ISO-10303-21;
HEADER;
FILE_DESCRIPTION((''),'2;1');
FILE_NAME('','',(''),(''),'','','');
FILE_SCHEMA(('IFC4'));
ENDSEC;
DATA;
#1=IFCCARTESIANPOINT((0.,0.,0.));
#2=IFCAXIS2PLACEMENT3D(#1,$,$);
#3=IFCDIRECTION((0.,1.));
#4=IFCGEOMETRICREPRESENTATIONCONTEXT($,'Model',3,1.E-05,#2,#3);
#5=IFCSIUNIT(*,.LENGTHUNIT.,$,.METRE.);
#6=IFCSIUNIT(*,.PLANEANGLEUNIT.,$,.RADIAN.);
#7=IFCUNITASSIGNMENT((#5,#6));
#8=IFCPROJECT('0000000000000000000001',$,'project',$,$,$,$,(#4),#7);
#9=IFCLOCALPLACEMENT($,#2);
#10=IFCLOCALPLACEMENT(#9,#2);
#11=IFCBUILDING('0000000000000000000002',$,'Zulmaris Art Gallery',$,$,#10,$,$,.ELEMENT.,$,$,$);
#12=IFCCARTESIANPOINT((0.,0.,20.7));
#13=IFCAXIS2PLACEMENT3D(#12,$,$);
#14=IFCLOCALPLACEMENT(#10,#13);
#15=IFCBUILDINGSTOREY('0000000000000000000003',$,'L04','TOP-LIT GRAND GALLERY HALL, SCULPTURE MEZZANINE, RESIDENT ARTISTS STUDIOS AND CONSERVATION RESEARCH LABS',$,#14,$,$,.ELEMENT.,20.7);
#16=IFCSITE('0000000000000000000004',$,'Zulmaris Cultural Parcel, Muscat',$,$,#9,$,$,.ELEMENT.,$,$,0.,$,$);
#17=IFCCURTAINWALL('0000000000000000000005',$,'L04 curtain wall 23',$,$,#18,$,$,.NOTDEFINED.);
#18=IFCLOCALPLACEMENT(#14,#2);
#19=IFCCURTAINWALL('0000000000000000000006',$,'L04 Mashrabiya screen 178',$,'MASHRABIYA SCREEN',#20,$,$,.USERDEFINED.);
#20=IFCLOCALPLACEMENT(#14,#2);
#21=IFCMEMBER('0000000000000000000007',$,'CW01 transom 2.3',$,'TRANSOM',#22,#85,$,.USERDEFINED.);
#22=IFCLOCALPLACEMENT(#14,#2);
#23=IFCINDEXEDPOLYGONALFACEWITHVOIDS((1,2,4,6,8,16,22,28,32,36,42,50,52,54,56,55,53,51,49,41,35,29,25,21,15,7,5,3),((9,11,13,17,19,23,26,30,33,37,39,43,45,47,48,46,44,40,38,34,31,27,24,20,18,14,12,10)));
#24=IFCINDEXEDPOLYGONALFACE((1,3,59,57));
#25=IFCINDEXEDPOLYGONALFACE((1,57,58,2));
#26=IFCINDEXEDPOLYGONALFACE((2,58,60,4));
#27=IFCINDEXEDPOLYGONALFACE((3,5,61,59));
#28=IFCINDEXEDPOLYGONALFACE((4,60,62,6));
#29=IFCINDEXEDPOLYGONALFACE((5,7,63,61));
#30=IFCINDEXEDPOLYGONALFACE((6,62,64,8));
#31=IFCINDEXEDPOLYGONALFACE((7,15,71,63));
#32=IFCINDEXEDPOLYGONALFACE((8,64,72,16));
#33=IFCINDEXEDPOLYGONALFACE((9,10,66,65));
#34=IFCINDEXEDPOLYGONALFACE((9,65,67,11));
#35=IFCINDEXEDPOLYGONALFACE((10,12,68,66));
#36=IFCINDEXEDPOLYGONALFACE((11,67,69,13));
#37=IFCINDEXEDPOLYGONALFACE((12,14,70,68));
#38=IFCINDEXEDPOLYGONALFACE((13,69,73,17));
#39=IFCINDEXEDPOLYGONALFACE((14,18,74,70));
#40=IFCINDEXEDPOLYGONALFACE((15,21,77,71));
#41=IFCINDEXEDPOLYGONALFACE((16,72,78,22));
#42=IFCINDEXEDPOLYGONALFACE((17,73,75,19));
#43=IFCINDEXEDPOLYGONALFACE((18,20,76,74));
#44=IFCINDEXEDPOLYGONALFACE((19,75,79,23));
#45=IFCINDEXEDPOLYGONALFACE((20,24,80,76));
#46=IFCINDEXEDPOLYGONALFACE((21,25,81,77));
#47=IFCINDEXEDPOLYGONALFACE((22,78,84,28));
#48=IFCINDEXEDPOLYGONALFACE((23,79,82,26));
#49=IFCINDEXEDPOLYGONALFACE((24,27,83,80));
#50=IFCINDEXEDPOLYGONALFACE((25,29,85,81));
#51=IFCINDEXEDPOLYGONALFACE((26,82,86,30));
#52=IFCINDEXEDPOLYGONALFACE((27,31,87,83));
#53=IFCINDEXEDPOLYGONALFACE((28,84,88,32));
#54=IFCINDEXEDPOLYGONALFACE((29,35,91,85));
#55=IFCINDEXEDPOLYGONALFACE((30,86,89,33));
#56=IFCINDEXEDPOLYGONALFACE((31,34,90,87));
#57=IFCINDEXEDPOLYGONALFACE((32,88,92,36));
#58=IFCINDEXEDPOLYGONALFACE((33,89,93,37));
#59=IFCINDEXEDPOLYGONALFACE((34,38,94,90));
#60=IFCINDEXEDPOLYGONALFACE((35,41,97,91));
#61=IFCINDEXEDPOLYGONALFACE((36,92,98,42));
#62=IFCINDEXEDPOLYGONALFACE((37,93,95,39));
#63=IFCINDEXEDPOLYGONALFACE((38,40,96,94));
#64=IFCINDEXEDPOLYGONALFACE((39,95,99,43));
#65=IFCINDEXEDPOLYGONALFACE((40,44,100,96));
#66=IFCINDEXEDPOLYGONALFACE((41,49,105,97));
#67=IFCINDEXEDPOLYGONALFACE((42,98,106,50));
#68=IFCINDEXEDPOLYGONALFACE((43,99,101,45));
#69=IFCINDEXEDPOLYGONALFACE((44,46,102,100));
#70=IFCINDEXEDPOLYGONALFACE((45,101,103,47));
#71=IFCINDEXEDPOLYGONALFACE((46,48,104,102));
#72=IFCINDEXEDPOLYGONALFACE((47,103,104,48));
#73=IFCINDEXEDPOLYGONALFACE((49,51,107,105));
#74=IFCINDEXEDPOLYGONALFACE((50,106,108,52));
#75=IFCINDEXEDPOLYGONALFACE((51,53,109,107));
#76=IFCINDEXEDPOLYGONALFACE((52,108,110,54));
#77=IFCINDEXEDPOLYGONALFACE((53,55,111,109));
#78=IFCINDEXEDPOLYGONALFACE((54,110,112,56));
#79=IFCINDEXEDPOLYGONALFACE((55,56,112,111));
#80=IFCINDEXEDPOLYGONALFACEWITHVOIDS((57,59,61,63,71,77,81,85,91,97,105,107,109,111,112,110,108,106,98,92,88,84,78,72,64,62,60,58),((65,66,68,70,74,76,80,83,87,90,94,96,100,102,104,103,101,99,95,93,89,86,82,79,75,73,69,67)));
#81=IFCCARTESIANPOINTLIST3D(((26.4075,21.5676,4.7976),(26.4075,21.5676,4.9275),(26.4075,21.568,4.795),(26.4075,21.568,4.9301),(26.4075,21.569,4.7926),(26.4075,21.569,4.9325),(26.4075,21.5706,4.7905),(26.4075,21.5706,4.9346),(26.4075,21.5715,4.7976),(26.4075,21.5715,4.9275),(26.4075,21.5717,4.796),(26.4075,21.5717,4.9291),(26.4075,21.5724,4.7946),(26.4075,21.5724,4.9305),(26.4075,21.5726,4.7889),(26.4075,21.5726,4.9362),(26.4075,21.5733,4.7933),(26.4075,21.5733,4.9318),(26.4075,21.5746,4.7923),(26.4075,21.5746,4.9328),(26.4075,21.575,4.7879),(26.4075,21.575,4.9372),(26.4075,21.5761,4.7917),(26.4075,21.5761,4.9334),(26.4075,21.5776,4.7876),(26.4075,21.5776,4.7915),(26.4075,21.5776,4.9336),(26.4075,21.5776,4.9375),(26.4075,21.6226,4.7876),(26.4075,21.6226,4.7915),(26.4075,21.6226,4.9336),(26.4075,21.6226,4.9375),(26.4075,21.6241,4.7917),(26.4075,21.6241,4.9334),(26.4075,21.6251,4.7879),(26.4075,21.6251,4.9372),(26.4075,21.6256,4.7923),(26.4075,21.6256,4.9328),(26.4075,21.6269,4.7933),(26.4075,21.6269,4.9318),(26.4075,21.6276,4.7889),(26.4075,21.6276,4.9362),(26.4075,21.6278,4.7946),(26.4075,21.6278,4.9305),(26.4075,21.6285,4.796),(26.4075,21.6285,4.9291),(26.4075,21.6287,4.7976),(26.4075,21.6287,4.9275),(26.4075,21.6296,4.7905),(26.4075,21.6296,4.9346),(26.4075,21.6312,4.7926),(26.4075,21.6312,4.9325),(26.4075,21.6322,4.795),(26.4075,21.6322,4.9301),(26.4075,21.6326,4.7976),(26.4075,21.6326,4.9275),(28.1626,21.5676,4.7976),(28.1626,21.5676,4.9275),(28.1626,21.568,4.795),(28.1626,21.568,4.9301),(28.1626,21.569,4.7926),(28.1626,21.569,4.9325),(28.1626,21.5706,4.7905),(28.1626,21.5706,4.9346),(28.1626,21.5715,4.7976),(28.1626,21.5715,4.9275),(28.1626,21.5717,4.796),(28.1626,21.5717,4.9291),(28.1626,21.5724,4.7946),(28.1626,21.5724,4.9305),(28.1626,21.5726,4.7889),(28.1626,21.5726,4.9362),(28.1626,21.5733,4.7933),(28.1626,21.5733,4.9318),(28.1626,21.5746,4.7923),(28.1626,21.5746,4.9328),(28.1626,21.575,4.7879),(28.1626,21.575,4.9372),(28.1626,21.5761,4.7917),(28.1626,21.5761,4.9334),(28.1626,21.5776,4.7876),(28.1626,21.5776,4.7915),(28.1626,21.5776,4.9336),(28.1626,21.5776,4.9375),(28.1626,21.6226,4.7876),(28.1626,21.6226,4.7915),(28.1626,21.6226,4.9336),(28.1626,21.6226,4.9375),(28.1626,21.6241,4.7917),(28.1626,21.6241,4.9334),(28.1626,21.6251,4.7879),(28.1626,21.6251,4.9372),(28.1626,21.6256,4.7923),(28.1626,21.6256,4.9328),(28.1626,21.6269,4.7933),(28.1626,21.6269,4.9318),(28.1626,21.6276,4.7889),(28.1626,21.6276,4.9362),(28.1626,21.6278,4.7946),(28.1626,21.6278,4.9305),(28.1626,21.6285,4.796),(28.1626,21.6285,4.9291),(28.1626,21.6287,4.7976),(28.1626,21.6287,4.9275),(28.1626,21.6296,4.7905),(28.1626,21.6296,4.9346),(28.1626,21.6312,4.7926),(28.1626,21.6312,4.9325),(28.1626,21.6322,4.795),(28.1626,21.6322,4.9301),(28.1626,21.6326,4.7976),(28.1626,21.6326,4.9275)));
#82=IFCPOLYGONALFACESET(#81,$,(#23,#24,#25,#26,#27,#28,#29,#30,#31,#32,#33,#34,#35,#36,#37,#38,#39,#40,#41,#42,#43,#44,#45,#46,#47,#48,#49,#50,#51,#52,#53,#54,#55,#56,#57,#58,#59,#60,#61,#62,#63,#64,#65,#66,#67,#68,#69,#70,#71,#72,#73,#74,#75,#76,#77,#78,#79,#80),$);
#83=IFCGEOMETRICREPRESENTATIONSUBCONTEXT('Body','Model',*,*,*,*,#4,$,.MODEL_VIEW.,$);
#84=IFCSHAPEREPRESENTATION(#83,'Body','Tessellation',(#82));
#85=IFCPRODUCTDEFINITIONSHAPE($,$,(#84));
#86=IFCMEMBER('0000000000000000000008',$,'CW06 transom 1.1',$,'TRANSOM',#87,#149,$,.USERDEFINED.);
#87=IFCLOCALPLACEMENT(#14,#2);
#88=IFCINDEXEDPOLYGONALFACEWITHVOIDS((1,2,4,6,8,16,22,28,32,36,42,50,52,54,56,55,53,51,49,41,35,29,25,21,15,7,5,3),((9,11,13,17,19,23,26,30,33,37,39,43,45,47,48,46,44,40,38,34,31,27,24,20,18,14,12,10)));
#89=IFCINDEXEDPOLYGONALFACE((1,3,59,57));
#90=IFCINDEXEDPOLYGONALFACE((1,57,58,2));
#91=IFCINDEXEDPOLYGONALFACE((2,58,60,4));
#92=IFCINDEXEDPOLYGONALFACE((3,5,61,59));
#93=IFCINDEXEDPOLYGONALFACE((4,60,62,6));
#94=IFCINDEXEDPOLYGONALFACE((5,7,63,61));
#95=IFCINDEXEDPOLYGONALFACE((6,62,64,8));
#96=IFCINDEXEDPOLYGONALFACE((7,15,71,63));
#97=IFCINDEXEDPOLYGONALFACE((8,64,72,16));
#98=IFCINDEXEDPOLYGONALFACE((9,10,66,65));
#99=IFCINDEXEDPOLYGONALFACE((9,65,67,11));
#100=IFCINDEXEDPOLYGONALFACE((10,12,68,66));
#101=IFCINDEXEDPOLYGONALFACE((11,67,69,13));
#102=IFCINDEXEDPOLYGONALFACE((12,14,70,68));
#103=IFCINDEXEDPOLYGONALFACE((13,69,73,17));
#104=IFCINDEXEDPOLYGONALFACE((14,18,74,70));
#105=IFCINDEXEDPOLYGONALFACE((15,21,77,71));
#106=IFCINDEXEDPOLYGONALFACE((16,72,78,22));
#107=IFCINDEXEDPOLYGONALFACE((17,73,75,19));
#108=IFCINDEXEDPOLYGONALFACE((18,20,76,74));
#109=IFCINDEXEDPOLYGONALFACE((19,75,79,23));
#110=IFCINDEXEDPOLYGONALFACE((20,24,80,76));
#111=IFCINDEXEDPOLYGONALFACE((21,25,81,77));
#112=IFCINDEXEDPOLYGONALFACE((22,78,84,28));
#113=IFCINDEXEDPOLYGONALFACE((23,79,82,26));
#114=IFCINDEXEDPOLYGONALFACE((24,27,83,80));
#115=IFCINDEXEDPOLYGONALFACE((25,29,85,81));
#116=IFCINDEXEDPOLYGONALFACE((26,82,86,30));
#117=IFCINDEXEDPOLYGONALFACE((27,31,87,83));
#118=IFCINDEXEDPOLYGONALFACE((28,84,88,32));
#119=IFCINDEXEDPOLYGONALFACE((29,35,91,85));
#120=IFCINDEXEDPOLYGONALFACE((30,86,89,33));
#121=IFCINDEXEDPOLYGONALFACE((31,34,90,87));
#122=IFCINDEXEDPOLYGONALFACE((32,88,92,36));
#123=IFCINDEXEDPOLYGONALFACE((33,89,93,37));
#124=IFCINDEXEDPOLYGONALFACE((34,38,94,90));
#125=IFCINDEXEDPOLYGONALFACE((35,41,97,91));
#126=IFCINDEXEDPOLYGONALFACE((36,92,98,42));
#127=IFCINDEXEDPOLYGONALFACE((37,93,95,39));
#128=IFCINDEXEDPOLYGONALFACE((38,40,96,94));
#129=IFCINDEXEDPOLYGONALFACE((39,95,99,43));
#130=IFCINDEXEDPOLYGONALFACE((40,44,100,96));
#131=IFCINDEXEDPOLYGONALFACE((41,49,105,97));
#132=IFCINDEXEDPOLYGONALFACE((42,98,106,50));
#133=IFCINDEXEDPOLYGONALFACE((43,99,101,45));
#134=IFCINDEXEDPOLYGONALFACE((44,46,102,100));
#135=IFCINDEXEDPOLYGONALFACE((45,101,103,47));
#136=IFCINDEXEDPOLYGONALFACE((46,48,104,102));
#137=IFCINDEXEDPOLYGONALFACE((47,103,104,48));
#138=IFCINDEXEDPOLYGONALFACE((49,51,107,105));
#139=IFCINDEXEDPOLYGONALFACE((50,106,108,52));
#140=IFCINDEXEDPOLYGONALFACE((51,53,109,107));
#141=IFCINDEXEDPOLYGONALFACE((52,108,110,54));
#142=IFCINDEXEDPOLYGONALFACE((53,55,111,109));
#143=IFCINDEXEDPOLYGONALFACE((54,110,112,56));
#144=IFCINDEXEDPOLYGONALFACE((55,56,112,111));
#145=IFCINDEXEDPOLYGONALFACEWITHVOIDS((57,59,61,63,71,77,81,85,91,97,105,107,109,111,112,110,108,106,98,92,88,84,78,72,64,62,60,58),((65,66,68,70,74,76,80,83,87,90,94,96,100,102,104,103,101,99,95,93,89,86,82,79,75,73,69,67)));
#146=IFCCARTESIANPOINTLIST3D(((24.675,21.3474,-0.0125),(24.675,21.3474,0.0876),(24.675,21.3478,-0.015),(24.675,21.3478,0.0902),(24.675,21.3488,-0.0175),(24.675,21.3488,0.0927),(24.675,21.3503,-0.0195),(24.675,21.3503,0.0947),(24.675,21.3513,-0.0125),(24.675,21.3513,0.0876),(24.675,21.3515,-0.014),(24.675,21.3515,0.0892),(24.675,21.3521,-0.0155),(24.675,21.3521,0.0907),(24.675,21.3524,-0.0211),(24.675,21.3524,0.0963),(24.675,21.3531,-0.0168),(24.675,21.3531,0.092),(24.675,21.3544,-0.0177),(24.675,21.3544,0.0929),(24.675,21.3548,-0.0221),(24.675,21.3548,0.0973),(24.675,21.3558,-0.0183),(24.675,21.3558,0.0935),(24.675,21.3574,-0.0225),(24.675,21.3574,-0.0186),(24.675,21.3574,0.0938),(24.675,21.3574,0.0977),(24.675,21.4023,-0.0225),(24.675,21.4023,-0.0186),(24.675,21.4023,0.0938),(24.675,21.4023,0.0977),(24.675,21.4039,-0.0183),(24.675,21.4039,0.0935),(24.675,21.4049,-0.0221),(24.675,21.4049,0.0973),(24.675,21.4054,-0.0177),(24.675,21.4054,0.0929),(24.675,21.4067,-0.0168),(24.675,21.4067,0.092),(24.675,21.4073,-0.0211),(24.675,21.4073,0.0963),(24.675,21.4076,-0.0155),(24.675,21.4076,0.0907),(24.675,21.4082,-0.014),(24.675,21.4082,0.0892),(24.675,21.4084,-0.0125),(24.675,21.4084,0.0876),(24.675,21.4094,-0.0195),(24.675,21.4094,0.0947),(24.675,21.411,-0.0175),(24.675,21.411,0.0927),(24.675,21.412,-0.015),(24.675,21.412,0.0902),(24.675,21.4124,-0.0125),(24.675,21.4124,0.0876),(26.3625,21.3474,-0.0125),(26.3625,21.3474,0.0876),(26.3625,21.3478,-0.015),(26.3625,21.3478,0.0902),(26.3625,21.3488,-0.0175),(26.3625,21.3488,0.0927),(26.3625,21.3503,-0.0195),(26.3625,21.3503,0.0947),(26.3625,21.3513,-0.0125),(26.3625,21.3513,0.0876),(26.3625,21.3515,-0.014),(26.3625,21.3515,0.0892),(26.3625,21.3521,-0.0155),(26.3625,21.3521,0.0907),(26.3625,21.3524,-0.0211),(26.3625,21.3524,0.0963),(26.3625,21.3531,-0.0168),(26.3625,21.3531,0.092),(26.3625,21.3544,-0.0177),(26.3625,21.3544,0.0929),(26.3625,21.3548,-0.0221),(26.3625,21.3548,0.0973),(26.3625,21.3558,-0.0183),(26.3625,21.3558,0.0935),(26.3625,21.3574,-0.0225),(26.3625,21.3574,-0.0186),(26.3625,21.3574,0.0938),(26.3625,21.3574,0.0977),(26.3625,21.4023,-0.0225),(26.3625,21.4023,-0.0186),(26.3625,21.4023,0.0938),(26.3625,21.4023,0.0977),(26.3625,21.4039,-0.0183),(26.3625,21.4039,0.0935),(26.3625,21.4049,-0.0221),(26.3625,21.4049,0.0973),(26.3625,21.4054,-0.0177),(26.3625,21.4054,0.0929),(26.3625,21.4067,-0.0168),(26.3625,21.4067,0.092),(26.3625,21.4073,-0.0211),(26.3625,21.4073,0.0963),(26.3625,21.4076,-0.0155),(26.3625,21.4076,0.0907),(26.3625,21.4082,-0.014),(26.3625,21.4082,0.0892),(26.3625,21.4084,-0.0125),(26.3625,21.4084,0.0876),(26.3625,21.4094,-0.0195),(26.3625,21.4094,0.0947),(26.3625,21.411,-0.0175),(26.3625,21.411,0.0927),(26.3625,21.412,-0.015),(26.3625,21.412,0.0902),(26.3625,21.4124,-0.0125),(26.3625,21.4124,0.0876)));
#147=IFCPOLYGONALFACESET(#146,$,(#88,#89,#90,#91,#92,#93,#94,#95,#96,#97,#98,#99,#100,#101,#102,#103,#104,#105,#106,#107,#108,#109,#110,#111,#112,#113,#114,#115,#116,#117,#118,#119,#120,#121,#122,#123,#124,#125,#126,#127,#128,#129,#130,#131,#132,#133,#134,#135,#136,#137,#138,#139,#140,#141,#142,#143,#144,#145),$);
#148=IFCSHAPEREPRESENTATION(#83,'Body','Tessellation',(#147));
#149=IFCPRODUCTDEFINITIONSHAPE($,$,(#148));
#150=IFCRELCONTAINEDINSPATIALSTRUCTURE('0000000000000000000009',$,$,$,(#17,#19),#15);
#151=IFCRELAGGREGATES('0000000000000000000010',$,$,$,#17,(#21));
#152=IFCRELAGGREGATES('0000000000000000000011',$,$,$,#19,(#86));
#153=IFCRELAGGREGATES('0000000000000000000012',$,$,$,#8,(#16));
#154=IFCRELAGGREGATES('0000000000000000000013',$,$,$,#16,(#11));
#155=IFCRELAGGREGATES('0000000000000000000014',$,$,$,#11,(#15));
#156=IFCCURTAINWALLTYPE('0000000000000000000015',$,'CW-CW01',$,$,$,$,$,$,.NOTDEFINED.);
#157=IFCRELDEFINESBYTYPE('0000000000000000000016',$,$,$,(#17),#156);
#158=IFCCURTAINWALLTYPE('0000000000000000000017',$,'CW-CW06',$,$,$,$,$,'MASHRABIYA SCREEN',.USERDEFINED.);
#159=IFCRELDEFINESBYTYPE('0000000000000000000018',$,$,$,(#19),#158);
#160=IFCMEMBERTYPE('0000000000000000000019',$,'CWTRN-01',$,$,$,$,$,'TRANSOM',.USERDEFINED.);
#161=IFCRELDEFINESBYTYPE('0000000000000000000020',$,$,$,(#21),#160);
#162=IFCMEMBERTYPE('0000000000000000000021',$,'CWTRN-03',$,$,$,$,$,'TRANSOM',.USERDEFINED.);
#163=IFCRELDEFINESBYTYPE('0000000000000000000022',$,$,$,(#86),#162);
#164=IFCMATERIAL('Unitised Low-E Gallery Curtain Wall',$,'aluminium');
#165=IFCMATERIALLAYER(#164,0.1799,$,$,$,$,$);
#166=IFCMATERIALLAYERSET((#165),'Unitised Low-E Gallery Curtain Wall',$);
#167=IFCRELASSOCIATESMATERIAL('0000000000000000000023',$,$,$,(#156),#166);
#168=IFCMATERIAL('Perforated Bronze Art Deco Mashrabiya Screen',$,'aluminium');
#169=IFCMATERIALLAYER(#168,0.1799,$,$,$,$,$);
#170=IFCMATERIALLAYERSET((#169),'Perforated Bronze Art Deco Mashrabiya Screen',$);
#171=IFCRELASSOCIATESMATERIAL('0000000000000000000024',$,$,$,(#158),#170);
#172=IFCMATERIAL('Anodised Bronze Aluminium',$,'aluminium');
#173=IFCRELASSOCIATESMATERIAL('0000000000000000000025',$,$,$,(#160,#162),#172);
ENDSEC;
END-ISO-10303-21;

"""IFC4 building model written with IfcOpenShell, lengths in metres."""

from ifc_helpers import new_model, si_unit, direction, frame, origin, origin_2d, place, context, subcontext, project, spatial, hollow_rectangle, extrude, material, layer, layer_set, material_profile, profile_set, type_object, element, aggregate, save


model = new_model("IFC4")

# Units and contexts
model_context = context("Model", 3, precision=1e-05, world=origin(), true_north=direction((0.0, 1.0)))
body_context = subcontext(model_context, "Body", "Model", "MODEL_VIEW")
ifc_project = project(units=[si_unit("LENGTHUNIT", "METRE"), si_unit("PLANEANGLEUNIT", "RADIAN")], contexts=[model_context])

# Site, building, storey
site_placement = place(None, origin())
site = spatial("IfcSite", under=ifc_project, at=site_placement, Name="Zulmaris Cultural Parcel, Muscat", CompositionType="ELEMENT", RefElevation=0.0)
building_placement = place(site_placement, origin())
building = spatial("IfcBuilding", under=site, at=building_placement, Name="Zulmaris Art Gallery", CompositionType="ELEMENT")
storey_placement = place(building_placement, frame((0.0, 0.0, 20.7)))
storey = spatial("IfcBuildingStorey", under=building, at=storey_placement, Name="L04", Description="TOP-LIT GRAND GALLERY HALL, SCULPTURE MEZZANINE, RESIDENT ARTISTS STUDIOS AND CONSERVATION RESEARCH LABS", CompositionType="ELEMENT", Elevation=20.7)

# Curtain walls
ifc_material_1 = material(Name="Unitised Low-E Gallery Curtain Wall", Category="aluminium")
ifc_layer_1 = layer(ifc_material_1, 0.1799)
ifc_layer_set_1 = layer_set([ifc_layer_1], Name="Unitised Low-E Gallery Curtain Wall")
curtain_wall_type_1 = type_object("IfcCurtainWallType", Name="CW-CW01", PredefinedType="NOTDEFINED", material=ifc_layer_set_1)
curtain_wall_1_placement = place(storey_placement, origin())
curtain_wall_1 = element("IfcCurtainWall", 1, at=curtain_wall_1_placement, inside=storey, type_object=curtain_wall_type_1, Name="L04 curtain wall 23", PredefinedType="NOTDEFINED")
ifc_material_2 = material(Name="Anodised Bronze Aluminium", Category="aluminium")
ifc_material_3 = material(Name="Perforated Bronze Art Deco Mashrabiya Screen", Category="aluminium")
ifc_layer_2 = layer(ifc_material_3, 0.1799)
ifc_layer_set_2 = layer_set([ifc_layer_2], Name="Perforated Bronze Art Deco Mashrabiya Screen")
curtain_wall_type_2 = type_object("IfcCurtainWallType", Name="CW-CW06", ElementType="MASHRABIYA SCREEN", PredefinedType="USERDEFINED", material=ifc_layer_set_2)
curtain_wall_2_placement = place(storey_placement, origin())
curtain_wall_2 = element("IfcCurtainWall", 2, at=curtain_wall_2_placement, inside=storey, type_object=curtain_wall_type_2, Name="L04 Mashrabiya screen 178", ObjectType="MASHRABIYA SCREEN", PredefinedType="USERDEFINED")

# Members
ifc_material_profile_1 = material_profile(ifc_material_2, hollow_rectangle(XDim=0.0649, YDim=0.1499, WallThickness=0.0039, InnerFilletRadius=0.0061, OuterFilletRadius=0.01, at=origin_2d()), Name="ALU 65x150x4")
ifc_profile_set_1 = profile_set([ifc_material_profile_1], Name="Anodised Bronze Aluminium")
member_type_1 = type_object("IfcMemberType", Name="CWTRN-01", ElementType="TRANSOM", PredefinedType="USERDEFINED", material=ifc_profile_set_1)
member_1_placement = place(storey_placement, frame((26.4075, 21.6001, 4.8625), z_axis=(1.0, 0.0, 0.0), x_axis=(0.0, 1.0, 0.0)))
member_1 = element("IfcMember", 3, at=member_1_placement, type_object=member_type_1, Name="CW01 transom 2.3", ObjectType="TRANSOM", PredefinedType="USERDEFINED", context=body_context, shape_type="SweptSolid", body=[
    extrude(hollow_rectangle(XDim=0.0649, YDim=0.1499, WallThickness=0.0039, InnerFilletRadius=0.0061, OuterFilletRadius=0.01, at=origin_2d()), origin(), (0.0, 0.0, 1.0), 1.7551),
])
ifc_material_profile_2 = material_profile(ifc_material_2, hollow_rectangle(XDim=0.0649, YDim=0.1201, WallThickness=0.0039, InnerFilletRadius=0.0061, OuterFilletRadius=0.01, at=origin_2d()), Name="ALU 65x120x4")
ifc_profile_set_2 = profile_set([ifc_material_profile_2], Name="Anodised Bronze Aluminium")
member_type_2 = type_object("IfcMemberType", Name="CWTRN-03", ElementType="TRANSOM", PredefinedType="USERDEFINED", material=ifc_profile_set_2)
member_2_placement = place(storey_placement, frame((24.675, 21.3799, 0.0376), z_axis=(1.0, 0.0, 0.0), x_axis=(0.0, 1.0, 0.0)))
member_2 = element("IfcMember", 4, at=member_2_placement, type_object=member_type_2, Name="CW06 transom 1.1", ObjectType="TRANSOM", PredefinedType="USERDEFINED", context=body_context, shape_type="SweptSolid", body=[
    extrude(hollow_rectangle(XDim=0.0649, YDim=0.1201, WallThickness=0.0039, InnerFilletRadius=0.0061, OuterFilletRadius=0.01, at=origin_2d()), origin(), (0.0, 0.0, 1.0), 1.6875),
])

aggregate(curtain_wall_1, [member_1])
aggregate(curtain_wall_2, [member_2])

save(model, "model.ifc")
